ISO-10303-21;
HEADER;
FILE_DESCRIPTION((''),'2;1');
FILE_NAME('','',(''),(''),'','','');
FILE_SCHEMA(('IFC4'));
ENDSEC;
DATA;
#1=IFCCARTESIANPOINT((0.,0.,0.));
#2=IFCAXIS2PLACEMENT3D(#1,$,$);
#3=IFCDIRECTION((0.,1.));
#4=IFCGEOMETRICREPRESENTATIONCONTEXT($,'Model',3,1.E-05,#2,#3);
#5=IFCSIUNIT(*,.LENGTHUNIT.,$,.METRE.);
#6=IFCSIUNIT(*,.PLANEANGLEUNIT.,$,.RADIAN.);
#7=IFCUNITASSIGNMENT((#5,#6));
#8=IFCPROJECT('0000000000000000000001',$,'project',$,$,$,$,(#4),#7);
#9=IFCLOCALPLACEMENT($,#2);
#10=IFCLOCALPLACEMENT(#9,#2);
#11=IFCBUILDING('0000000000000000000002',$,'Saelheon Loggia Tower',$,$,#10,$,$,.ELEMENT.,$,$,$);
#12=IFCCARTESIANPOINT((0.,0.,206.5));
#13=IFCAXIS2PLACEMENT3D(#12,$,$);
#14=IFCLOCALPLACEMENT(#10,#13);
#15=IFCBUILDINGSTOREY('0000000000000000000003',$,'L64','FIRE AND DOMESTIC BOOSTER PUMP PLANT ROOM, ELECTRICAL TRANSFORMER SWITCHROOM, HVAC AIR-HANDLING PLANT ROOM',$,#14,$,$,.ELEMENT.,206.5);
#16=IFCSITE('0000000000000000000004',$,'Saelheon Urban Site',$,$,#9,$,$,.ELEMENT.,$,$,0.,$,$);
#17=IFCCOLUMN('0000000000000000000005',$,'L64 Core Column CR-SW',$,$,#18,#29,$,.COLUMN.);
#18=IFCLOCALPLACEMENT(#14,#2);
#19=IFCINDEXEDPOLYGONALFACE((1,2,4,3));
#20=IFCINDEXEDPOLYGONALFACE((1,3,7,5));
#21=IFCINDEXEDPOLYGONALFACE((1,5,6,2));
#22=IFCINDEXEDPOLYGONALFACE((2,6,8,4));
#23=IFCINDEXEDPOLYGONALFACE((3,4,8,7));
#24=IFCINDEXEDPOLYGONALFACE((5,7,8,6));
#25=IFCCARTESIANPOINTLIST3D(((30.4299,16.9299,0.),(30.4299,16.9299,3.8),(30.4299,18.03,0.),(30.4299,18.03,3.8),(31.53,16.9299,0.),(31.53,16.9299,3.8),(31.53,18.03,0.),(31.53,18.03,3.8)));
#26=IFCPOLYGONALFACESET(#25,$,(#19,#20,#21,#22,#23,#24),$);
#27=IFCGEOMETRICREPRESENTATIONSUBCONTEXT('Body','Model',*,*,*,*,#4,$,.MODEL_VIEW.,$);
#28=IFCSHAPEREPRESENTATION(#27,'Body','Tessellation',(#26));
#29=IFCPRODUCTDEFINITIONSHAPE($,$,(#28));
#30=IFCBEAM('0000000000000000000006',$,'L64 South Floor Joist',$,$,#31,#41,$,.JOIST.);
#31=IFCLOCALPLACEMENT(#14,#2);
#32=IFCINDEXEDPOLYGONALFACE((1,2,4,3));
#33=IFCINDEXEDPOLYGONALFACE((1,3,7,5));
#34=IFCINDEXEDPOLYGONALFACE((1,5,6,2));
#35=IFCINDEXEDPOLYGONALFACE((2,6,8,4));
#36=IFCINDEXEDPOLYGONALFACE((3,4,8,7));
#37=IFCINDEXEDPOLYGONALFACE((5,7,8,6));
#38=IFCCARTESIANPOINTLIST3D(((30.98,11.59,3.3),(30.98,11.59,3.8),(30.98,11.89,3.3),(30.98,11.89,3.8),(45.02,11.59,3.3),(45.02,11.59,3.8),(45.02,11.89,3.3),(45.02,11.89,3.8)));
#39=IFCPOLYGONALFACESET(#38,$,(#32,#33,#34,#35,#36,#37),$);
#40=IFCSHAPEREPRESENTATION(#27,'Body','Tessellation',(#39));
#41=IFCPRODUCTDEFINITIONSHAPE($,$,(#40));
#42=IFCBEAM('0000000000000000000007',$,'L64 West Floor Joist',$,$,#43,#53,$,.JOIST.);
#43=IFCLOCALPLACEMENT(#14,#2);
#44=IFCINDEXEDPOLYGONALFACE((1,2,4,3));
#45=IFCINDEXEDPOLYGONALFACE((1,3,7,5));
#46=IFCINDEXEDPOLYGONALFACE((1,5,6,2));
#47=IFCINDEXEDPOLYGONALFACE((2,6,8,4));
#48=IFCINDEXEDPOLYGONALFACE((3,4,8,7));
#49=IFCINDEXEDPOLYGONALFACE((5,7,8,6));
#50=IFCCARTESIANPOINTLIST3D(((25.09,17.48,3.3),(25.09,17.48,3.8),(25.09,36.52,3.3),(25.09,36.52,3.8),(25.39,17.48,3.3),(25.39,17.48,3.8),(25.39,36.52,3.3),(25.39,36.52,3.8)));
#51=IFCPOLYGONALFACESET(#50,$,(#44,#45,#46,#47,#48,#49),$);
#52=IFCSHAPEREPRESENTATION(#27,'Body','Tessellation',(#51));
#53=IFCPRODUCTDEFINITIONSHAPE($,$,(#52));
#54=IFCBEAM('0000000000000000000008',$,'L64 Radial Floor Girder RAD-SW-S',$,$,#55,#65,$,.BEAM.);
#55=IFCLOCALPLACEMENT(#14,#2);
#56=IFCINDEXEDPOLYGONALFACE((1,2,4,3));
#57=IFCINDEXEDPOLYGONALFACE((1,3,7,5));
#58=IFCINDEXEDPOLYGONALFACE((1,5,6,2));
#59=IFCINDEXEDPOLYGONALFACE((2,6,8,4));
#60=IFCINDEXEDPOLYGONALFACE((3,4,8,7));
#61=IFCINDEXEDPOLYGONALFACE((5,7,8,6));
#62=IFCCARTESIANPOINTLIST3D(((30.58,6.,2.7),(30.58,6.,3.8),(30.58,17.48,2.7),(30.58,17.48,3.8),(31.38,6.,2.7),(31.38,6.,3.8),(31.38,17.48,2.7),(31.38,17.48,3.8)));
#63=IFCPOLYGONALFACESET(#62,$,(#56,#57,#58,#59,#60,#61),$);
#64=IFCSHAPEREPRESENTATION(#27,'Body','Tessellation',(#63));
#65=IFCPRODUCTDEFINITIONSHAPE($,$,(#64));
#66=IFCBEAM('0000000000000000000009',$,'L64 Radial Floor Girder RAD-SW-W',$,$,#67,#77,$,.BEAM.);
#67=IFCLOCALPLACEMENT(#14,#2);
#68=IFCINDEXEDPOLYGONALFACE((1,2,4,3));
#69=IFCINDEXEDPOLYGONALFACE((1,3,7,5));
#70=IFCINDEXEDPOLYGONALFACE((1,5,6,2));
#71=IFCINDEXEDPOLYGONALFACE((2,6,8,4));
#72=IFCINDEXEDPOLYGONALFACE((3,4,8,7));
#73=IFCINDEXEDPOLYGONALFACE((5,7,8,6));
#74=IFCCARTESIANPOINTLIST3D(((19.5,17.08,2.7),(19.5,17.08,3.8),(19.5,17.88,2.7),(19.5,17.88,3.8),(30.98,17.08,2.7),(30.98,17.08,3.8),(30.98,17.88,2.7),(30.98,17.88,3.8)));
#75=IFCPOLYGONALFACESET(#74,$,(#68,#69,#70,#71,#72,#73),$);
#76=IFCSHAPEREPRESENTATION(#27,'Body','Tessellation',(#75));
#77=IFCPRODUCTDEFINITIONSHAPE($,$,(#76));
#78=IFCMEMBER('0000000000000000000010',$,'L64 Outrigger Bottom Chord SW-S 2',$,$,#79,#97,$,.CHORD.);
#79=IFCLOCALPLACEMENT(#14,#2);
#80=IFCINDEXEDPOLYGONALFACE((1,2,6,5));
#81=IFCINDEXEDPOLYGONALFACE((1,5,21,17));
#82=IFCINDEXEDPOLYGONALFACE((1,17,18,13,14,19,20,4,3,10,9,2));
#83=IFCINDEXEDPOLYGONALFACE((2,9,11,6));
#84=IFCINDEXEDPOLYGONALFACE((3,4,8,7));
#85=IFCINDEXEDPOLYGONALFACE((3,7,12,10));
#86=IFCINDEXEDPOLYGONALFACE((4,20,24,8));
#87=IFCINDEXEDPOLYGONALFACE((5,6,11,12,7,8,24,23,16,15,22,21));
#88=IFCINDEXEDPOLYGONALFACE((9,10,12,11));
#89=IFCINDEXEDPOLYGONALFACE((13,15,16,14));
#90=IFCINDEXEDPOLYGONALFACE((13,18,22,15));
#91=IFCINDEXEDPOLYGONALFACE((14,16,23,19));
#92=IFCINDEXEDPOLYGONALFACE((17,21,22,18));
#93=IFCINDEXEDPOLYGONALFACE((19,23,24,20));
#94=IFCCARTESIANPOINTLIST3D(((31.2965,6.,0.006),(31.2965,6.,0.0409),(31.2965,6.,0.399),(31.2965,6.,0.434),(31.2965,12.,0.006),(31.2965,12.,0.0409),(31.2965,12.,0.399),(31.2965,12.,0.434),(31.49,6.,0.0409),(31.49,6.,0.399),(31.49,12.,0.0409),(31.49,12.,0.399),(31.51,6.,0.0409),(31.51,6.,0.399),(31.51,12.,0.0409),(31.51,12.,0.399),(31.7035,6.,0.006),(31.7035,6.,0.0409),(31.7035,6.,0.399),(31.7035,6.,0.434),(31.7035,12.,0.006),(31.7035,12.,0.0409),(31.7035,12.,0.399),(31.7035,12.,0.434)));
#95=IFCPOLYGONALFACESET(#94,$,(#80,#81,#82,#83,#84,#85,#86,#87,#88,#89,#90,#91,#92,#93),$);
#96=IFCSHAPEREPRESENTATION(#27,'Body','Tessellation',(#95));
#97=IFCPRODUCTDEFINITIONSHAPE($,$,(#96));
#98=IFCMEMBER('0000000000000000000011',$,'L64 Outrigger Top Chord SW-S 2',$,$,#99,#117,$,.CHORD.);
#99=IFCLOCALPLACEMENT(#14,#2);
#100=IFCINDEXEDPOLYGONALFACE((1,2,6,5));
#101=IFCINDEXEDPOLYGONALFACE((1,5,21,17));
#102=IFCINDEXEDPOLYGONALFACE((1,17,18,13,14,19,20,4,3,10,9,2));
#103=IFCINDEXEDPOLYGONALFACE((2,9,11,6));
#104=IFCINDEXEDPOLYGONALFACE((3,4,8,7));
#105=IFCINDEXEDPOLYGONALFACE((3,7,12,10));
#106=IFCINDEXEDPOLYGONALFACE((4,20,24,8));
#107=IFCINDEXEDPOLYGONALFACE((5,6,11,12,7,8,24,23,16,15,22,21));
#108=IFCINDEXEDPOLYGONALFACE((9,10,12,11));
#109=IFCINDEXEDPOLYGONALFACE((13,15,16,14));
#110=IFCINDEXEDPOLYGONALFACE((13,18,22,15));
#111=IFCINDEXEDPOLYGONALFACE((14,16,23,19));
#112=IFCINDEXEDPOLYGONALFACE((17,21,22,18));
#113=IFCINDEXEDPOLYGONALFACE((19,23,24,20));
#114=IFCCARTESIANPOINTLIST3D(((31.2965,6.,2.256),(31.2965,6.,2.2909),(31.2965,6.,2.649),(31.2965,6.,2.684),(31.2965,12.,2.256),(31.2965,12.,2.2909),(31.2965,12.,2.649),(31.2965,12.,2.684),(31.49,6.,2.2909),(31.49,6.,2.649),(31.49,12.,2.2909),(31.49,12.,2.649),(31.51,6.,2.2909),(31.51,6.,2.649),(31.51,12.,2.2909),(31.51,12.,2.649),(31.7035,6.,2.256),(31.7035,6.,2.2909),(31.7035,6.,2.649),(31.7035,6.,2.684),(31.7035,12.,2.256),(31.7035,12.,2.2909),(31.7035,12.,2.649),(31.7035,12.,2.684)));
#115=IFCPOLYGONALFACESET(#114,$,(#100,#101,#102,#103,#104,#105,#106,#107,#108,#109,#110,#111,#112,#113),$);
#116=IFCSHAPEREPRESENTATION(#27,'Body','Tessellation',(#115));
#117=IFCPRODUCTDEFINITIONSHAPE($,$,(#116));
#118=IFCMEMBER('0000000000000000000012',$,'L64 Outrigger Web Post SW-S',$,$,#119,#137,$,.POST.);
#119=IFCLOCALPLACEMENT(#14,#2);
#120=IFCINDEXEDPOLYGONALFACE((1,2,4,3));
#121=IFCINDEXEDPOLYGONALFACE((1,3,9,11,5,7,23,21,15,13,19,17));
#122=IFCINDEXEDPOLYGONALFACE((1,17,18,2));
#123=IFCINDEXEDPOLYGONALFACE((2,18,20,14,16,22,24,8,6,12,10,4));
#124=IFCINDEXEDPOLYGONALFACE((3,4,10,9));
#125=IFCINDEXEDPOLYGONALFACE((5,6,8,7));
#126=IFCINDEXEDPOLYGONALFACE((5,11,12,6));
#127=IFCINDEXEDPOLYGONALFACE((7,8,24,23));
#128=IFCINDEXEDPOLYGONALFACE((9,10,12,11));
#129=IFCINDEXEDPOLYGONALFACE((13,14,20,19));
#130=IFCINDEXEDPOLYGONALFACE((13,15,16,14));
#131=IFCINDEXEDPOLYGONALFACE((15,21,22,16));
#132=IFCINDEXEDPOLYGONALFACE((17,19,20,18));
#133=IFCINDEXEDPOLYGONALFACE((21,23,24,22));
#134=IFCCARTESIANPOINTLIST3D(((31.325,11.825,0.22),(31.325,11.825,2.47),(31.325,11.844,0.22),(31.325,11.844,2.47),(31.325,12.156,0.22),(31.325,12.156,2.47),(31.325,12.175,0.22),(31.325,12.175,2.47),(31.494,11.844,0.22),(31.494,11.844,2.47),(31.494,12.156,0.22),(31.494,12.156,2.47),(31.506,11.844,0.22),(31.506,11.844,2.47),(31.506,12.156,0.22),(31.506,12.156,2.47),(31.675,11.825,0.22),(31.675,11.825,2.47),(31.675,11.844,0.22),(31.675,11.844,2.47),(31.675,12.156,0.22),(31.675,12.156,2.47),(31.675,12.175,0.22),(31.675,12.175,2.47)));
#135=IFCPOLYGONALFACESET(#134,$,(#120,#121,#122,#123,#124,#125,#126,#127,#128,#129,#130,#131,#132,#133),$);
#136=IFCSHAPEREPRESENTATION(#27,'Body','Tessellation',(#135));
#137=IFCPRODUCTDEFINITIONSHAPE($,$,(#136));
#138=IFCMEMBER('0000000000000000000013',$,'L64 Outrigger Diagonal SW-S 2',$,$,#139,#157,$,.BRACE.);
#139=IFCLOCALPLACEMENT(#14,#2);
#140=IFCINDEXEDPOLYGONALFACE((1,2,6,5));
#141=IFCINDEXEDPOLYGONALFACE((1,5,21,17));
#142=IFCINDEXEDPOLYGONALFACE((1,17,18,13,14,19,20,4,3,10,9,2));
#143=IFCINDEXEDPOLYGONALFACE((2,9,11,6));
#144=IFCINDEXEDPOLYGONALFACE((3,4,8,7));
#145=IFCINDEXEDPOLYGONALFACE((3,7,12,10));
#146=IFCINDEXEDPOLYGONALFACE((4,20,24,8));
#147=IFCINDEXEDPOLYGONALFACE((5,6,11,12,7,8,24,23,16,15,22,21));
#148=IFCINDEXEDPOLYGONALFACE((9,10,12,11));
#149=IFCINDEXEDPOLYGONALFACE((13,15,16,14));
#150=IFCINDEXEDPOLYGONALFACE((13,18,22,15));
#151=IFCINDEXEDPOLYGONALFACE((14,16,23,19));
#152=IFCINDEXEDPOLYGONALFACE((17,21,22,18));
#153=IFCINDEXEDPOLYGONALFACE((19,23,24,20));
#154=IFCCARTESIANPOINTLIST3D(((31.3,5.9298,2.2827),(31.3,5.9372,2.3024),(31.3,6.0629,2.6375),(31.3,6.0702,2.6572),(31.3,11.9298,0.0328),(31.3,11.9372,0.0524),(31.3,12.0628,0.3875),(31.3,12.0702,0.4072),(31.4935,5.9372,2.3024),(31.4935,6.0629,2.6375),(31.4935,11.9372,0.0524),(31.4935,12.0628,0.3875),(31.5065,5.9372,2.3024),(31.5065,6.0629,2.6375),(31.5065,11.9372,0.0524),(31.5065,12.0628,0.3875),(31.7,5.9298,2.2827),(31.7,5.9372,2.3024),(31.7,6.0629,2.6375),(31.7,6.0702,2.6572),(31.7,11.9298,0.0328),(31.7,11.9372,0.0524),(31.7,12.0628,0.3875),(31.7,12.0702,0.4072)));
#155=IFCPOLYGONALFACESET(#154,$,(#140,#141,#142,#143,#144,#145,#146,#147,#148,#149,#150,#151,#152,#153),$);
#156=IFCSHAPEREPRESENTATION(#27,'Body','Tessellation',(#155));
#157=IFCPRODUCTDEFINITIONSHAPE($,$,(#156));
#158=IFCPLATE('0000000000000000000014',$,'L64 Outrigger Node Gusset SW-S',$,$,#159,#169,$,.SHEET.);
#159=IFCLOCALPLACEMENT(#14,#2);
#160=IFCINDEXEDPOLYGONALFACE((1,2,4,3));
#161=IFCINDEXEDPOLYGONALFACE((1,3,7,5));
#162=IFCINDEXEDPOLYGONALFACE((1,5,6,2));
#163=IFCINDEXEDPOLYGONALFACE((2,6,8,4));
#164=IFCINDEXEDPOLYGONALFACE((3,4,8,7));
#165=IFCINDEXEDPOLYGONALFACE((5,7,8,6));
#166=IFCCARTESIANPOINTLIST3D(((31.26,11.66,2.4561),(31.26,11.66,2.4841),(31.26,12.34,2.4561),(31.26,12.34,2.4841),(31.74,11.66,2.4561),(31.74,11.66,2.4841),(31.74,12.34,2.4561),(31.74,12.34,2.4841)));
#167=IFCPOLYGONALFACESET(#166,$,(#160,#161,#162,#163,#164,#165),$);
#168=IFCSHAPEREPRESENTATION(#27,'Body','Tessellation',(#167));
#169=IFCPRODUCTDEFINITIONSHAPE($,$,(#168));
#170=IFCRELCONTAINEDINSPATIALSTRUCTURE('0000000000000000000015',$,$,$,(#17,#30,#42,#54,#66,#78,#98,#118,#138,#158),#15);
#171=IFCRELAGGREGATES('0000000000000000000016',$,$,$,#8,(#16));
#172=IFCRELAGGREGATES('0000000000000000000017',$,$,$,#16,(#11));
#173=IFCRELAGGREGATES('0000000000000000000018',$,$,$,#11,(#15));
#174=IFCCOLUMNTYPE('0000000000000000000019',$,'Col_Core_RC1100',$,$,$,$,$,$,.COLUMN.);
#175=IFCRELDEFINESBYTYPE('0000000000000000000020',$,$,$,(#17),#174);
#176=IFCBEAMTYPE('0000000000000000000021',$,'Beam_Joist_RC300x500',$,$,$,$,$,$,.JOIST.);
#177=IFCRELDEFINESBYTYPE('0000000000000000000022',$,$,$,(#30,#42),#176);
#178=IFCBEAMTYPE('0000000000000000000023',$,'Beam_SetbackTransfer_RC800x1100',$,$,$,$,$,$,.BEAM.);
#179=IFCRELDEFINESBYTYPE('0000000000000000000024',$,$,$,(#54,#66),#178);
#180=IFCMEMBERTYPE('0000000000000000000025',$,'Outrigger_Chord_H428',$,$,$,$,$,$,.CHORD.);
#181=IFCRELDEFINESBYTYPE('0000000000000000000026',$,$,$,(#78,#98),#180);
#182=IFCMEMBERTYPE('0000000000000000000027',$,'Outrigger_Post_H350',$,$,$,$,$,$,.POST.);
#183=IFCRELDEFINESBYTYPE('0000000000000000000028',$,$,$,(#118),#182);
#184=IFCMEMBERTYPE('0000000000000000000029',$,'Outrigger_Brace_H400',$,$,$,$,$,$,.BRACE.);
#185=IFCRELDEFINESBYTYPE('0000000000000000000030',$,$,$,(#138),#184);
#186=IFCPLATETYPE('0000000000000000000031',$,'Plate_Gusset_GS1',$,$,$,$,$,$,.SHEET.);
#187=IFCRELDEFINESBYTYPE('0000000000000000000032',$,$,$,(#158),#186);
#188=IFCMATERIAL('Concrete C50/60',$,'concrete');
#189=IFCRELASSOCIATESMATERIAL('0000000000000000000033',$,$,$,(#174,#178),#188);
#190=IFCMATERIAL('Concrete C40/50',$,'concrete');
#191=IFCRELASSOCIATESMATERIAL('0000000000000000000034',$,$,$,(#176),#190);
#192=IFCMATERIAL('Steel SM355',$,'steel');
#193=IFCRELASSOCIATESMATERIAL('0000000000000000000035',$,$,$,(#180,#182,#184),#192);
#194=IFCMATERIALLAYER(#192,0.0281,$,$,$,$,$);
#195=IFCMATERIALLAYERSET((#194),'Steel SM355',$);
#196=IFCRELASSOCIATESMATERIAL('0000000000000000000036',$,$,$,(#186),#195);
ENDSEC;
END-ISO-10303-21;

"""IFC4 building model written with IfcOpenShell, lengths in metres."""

from ifc_helpers import new_model, si_unit, direction, frame, origin, origin_2d, place, context, subcontext, project, spatial, rectangle, i_section, extrude, source, transform, mapped, material, layer, layer_set, material_profile, profile_set, type_object, element, save


model = new_model("IFC4")

# Units and contexts
model_context = context("Model", 3, precision=1e-05, world=origin(), true_north=direction((0.0, 1.0)))
body_context = subcontext(model_context, "Body", "Model", "MODEL_VIEW")
ifc_project = project(units=[si_unit("LENGTHUNIT", "METRE"), si_unit("PLANEANGLEUNIT", "RADIAN")], contexts=[model_context])

# Site, building, storey
site_placement = place(None, origin())
site = spatial("IfcSite", under=ifc_project, at=site_placement, Name="Saelheon Urban Site", CompositionType="ELEMENT", RefElevation=0.0)
building_placement = place(site_placement, origin())
building = spatial("IfcBuilding", under=site, at=building_placement, Name="Saelheon Loggia Tower", CompositionType="ELEMENT")
storey_placement = place(building_placement, frame((0.0, 0.0, 206.5)))
storey = spatial("IfcBuildingStorey", under=building, at=storey_placement, Name="L64", Description="FIRE AND DOMESTIC BOOSTER PUMP PLANT ROOM, ELECTRICAL TRANSFORMER SWITCHROOM, HVAC AIR-HANDLING PLANT ROOM", CompositionType="ELEMENT", Elevation=206.5)

# Column
ifc_material_1 = material(Name="Concrete C50/60", Category="concrete")
ifc_material_profile_1 = material_profile(ifc_material_1, rectangle(XDim=1.1001, YDim=1.1001, at=origin_2d()), Name="RC-1100x1100")
ifc_profile_set_1 = profile_set([ifc_material_profile_1], Name="Concrete C50/60")
column_type = type_object("IfcColumnType", Name="Col_Core_RC1100", PredefinedType="COLUMN", material=ifc_profile_set_1)
shared_shape_1 = source(origin(), body_context, "Body", "SweptSolid", [
    extrude(rectangle(XDim=1.1001, YDim=1.1001, at=origin_2d()), origin(), (0.0, 0.0, 1.0), 3.8),
])
column_placement = place(storey_placement, frame((30.98, 17.48, 0.0), z_axis=(0.0, 0.0, 1.0), x_axis=(1.0, 0.0, 0.0)))
element("IfcColumn", 1, at=column_placement, inside=storey, type_object=column_type, Name="L64 Core Column CR-SW", PredefinedType="COLUMN", context=body_context, shape_type="MappedRepresentation", body=[
    mapped(shared_shape_1, transform((0.0, 0.0, 0.0), scale=1.0)),
])

# Beams
ifc_material_2 = material(Name="Concrete C40/50", Category="concrete")
ifc_material_profile_2 = material_profile(ifc_material_2, rectangle(XDim=0.3, YDim=0.5, at=origin_2d()), Name="RC-300x500")
ifc_profile_set_2 = profile_set([ifc_material_profile_2], Name="Concrete C40/50")
beam_type_1 = type_object("IfcBeamType", Name="Beam_Joist_RC300x500", PredefinedType="JOIST", material=ifc_profile_set_2)
shared_shape_2 = source(origin(), body_context, "Body", "SweptSolid", [
    extrude(rectangle(XDim=0.3, YDim=0.5, at=origin_2d()), origin(), (0.0, 0.0, 1.0), 14.04),
])
beam_1_placement = place(storey_placement, frame((30.98, 11.74, 3.55), z_axis=(1.0, 0.0, 0.0), x_axis=(0.0, 1.0, 0.0)))
element("IfcBeam", 2, at=beam_1_placement, inside=storey, type_object=beam_type_1, Name="L64 South Floor Joist", PredefinedType="JOIST", context=body_context, shape_type="MappedRepresentation", body=[
    mapped(shared_shape_2, transform((0.0, 0.0, 0.0), scale=1.0)),
])
shared_shape_3 = source(origin(), body_context, "Body", "SweptSolid", [
    extrude(rectangle(XDim=0.3, YDim=0.5, at=origin_2d()), origin(), (0.0, 0.0, 1.0), 19.04),
])
beam_2_placement = place(storey_placement, frame((25.24, 17.48, 3.55), z_axis=(0.0, 1.0, 0.0), x_axis=(-1.0, 0.0, 0.0)))
element("IfcBeam", 3, at=beam_2_placement, inside=storey, type_object=beam_type_1, Name="L64 West Floor Joist", PredefinedType="JOIST", context=body_context, shape_type="MappedRepresentation", body=[
    mapped(shared_shape_3, transform((0.0, 0.0, 0.0), scale=1.0)),
])
ifc_material_profile_3 = material_profile(ifc_material_1, rectangle(XDim=0.8, YDim=1.1001, at=origin_2d()), Name="RC-800x1100")
ifc_profile_set_3 = profile_set([ifc_material_profile_3], Name="Concrete C50/60")
beam_type_2 = type_object("IfcBeamType", Name="Beam_SetbackTransfer_RC800x1100", PredefinedType="BEAM", material=ifc_profile_set_3)
shared_shape_4 = source(origin(), body_context, "Body", "SweptSolid", [
    extrude(rectangle(XDim=0.8, YDim=1.1001, at=origin_2d()), origin(), (0.0, 0.0, 1.0), 11.48),
])
for number, where, z_axis, x_axis, name in (
    (4, (30.98, 17.48, 3.25), (0.0, -1.0, 0.0), (1.0, 0.0, 0.0), "L64 Radial Floor Girder RAD-SW-S"),
    (5, (30.98, 17.48, 3.25), (-1.0, 0.0, 0.0), (0.0, -1.0, 0.0), "L64 Radial Floor Girder RAD-SW-W"),
):
    element("IfcBeam", number, at=place(storey_placement, frame(where, z_axis=z_axis, x_axis=x_axis)), inside=storey, type_object=beam_type_2, Name=name, PredefinedType="BEAM", context=body_context, shape_type="MappedRepresentation", body=[
        mapped(shared_shape_4, transform((0.0, 0.0, 0.0), scale=1.0)),
    ])

# Members
ifc_material_3 = material(Name="Steel SM355", Category="steel")
ifc_material_profile_4 = material_profile(ifc_material_3, i_section(OverallWidth=0.407, OverallDepth=0.428, WebThickness=0.02, FlangeThickness=0.0349, at=origin_2d()), Name="H-428x407x20x35")
ifc_profile_set_4 = profile_set([ifc_material_profile_4], Name="Steel SM355")
member_type_1 = type_object("IfcMemberType", Name="Outrigger_Chord_H428", PredefinedType="CHORD", material=ifc_profile_set_4)
shared_shape_5 = source(origin(), body_context, "Body", "SweptSolid", [
    extrude(i_section(OverallWidth=0.407, OverallDepth=0.428, WebThickness=0.02, FlangeThickness=0.0349, at=origin_2d()), origin(), (0.0, 0.0, 1.0), 6.0),
])
for number, where, z_axis, x_axis, name in (
    (6, (31.5, 12.0, 0.22), (0.0, -1.0, 0.0), (1.0, 0.0, 0.0), "L64 Outrigger Bottom Chord SW-S 2"),
    (7, (31.5, 12.0, 2.47), (0.0, -1.0, 0.0), (1.0, 0.0, 0.0), "L64 Outrigger Top Chord SW-S 2"),
):
    element("IfcMember", number, at=place(storey_placement, frame(where, z_axis=z_axis, x_axis=x_axis)), inside=storey, type_object=member_type_1, Name=name, PredefinedType="CHORD", context=body_context, shape_type="MappedRepresentation", body=[
        mapped(shared_shape_5, transform((0.0, 0.0, 0.0), scale=1.0)),
    ])
ifc_material_profile_5 = material_profile(ifc_material_3, i_section(OverallWidth=0.3501, OverallDepth=0.3501, WebThickness=0.012, FlangeThickness=0.019, at=origin_2d()), Name="H-350x350x12x19")
ifc_profile_set_5 = profile_set([ifc_material_profile_5], Name="Steel SM355")
member_type_2 = type_object("IfcMemberType", Name="Outrigger_Post_H350", PredefinedType="POST", material=ifc_profile_set_5)
shared_shape_6 = source(origin(), body_context, "Body", "SweptSolid", [
    extrude(i_section(OverallWidth=0.3501, OverallDepth=0.3501, WebThickness=0.012, FlangeThickness=0.019, at=origin_2d()), origin(), (0.0, 0.0, 1.0), 2.25),
])
member_1_placement = place(storey_placement, frame((31.5, 12.0, 0.22), z_axis=(0.0, 0.0, 1.0), x_axis=(1.0, 0.0, 0.0)))
element("IfcMember", 8, at=member_1_placement, inside=storey, type_object=member_type_2, Name="L64 Outrigger Web Post SW-S", PredefinedType="POST", context=body_context, shape_type="MappedRepresentation", body=[
    mapped(shared_shape_6, transform((0.0, 0.0, 0.0), scale=1.0)),
])
ifc_material_profile_6 = material_profile(ifc_material_3, i_section(OverallWidth=0.3999, OverallDepth=0.3999, WebThickness=0.0129, FlangeThickness=0.021, at=origin_2d()), Name="H-400x400x13x21")
ifc_profile_set_6 = profile_set([ifc_material_profile_6], Name="Steel SM355")
member_type_3 = type_object("IfcMemberType", Name="Outrigger_Brace_H400", PredefinedType="BRACE", material=ifc_profile_set_6)
shared_shape_7 = source(origin(), body_context, "Body", "SweptSolid", [
    extrude(i_section(OverallWidth=0.3999, OverallDepth=0.3999, WebThickness=0.0129, FlangeThickness=0.021, at=origin_2d()), origin(), (0.0, 0.0, 1.0), 6.408),
])
member_2_placement = place(storey_placement, frame((31.5, 12.0, 0.22), z_axis=(0.0, -0.936329, 0.351123), x_axis=(1.0, 0.0, 0.0)))
element("IfcMember", 9, at=member_2_placement, inside=storey, type_object=member_type_3, Name="L64 Outrigger Diagonal SW-S 2", PredefinedType="BRACE", context=body_context, shape_type="MappedRepresentation", body=[
    mapped(shared_shape_7, transform((0.0, 0.0, 0.0), scale=1.0)),
])

# Plate
ifc_layer_1 = layer(ifc_material_3, 0.0281)
ifc_layer_set_1 = layer_set([ifc_layer_1], Name="Steel SM355")
plate_type_1 = type_object("IfcPlateType", Name="Plate_Gusset_GS1", PredefinedType="SHEET", material=ifc_layer_set_1)
shared_shape_8 = source(origin(), body_context, "Body", "SweptSolid", [
    extrude(rectangle(XDim=0.6799, YDim=0.48, at=origin_2d()), origin(), (0.0, 0.0, 1.0), 0.0281),
])
plate_1_placement = place(storey_placement, frame((31.5, 12.0, 2.4561), z_axis=(0.0, 0.0, 1.0), x_axis=(0.0, 1.0, 0.0)))
element("IfcPlate", 10, at=plate_1_placement, inside=storey, type_object=plate_type_1, Name="L64 Outrigger Node Gusset SW-S", PredefinedType="SHEET", context=body_context, shape_type="MappedRepresentation", body=[
    mapped(shared_shape_8, transform((0.0, 0.0, 0.0), scale=1.0)),
])

save(model, "model.ifc")
